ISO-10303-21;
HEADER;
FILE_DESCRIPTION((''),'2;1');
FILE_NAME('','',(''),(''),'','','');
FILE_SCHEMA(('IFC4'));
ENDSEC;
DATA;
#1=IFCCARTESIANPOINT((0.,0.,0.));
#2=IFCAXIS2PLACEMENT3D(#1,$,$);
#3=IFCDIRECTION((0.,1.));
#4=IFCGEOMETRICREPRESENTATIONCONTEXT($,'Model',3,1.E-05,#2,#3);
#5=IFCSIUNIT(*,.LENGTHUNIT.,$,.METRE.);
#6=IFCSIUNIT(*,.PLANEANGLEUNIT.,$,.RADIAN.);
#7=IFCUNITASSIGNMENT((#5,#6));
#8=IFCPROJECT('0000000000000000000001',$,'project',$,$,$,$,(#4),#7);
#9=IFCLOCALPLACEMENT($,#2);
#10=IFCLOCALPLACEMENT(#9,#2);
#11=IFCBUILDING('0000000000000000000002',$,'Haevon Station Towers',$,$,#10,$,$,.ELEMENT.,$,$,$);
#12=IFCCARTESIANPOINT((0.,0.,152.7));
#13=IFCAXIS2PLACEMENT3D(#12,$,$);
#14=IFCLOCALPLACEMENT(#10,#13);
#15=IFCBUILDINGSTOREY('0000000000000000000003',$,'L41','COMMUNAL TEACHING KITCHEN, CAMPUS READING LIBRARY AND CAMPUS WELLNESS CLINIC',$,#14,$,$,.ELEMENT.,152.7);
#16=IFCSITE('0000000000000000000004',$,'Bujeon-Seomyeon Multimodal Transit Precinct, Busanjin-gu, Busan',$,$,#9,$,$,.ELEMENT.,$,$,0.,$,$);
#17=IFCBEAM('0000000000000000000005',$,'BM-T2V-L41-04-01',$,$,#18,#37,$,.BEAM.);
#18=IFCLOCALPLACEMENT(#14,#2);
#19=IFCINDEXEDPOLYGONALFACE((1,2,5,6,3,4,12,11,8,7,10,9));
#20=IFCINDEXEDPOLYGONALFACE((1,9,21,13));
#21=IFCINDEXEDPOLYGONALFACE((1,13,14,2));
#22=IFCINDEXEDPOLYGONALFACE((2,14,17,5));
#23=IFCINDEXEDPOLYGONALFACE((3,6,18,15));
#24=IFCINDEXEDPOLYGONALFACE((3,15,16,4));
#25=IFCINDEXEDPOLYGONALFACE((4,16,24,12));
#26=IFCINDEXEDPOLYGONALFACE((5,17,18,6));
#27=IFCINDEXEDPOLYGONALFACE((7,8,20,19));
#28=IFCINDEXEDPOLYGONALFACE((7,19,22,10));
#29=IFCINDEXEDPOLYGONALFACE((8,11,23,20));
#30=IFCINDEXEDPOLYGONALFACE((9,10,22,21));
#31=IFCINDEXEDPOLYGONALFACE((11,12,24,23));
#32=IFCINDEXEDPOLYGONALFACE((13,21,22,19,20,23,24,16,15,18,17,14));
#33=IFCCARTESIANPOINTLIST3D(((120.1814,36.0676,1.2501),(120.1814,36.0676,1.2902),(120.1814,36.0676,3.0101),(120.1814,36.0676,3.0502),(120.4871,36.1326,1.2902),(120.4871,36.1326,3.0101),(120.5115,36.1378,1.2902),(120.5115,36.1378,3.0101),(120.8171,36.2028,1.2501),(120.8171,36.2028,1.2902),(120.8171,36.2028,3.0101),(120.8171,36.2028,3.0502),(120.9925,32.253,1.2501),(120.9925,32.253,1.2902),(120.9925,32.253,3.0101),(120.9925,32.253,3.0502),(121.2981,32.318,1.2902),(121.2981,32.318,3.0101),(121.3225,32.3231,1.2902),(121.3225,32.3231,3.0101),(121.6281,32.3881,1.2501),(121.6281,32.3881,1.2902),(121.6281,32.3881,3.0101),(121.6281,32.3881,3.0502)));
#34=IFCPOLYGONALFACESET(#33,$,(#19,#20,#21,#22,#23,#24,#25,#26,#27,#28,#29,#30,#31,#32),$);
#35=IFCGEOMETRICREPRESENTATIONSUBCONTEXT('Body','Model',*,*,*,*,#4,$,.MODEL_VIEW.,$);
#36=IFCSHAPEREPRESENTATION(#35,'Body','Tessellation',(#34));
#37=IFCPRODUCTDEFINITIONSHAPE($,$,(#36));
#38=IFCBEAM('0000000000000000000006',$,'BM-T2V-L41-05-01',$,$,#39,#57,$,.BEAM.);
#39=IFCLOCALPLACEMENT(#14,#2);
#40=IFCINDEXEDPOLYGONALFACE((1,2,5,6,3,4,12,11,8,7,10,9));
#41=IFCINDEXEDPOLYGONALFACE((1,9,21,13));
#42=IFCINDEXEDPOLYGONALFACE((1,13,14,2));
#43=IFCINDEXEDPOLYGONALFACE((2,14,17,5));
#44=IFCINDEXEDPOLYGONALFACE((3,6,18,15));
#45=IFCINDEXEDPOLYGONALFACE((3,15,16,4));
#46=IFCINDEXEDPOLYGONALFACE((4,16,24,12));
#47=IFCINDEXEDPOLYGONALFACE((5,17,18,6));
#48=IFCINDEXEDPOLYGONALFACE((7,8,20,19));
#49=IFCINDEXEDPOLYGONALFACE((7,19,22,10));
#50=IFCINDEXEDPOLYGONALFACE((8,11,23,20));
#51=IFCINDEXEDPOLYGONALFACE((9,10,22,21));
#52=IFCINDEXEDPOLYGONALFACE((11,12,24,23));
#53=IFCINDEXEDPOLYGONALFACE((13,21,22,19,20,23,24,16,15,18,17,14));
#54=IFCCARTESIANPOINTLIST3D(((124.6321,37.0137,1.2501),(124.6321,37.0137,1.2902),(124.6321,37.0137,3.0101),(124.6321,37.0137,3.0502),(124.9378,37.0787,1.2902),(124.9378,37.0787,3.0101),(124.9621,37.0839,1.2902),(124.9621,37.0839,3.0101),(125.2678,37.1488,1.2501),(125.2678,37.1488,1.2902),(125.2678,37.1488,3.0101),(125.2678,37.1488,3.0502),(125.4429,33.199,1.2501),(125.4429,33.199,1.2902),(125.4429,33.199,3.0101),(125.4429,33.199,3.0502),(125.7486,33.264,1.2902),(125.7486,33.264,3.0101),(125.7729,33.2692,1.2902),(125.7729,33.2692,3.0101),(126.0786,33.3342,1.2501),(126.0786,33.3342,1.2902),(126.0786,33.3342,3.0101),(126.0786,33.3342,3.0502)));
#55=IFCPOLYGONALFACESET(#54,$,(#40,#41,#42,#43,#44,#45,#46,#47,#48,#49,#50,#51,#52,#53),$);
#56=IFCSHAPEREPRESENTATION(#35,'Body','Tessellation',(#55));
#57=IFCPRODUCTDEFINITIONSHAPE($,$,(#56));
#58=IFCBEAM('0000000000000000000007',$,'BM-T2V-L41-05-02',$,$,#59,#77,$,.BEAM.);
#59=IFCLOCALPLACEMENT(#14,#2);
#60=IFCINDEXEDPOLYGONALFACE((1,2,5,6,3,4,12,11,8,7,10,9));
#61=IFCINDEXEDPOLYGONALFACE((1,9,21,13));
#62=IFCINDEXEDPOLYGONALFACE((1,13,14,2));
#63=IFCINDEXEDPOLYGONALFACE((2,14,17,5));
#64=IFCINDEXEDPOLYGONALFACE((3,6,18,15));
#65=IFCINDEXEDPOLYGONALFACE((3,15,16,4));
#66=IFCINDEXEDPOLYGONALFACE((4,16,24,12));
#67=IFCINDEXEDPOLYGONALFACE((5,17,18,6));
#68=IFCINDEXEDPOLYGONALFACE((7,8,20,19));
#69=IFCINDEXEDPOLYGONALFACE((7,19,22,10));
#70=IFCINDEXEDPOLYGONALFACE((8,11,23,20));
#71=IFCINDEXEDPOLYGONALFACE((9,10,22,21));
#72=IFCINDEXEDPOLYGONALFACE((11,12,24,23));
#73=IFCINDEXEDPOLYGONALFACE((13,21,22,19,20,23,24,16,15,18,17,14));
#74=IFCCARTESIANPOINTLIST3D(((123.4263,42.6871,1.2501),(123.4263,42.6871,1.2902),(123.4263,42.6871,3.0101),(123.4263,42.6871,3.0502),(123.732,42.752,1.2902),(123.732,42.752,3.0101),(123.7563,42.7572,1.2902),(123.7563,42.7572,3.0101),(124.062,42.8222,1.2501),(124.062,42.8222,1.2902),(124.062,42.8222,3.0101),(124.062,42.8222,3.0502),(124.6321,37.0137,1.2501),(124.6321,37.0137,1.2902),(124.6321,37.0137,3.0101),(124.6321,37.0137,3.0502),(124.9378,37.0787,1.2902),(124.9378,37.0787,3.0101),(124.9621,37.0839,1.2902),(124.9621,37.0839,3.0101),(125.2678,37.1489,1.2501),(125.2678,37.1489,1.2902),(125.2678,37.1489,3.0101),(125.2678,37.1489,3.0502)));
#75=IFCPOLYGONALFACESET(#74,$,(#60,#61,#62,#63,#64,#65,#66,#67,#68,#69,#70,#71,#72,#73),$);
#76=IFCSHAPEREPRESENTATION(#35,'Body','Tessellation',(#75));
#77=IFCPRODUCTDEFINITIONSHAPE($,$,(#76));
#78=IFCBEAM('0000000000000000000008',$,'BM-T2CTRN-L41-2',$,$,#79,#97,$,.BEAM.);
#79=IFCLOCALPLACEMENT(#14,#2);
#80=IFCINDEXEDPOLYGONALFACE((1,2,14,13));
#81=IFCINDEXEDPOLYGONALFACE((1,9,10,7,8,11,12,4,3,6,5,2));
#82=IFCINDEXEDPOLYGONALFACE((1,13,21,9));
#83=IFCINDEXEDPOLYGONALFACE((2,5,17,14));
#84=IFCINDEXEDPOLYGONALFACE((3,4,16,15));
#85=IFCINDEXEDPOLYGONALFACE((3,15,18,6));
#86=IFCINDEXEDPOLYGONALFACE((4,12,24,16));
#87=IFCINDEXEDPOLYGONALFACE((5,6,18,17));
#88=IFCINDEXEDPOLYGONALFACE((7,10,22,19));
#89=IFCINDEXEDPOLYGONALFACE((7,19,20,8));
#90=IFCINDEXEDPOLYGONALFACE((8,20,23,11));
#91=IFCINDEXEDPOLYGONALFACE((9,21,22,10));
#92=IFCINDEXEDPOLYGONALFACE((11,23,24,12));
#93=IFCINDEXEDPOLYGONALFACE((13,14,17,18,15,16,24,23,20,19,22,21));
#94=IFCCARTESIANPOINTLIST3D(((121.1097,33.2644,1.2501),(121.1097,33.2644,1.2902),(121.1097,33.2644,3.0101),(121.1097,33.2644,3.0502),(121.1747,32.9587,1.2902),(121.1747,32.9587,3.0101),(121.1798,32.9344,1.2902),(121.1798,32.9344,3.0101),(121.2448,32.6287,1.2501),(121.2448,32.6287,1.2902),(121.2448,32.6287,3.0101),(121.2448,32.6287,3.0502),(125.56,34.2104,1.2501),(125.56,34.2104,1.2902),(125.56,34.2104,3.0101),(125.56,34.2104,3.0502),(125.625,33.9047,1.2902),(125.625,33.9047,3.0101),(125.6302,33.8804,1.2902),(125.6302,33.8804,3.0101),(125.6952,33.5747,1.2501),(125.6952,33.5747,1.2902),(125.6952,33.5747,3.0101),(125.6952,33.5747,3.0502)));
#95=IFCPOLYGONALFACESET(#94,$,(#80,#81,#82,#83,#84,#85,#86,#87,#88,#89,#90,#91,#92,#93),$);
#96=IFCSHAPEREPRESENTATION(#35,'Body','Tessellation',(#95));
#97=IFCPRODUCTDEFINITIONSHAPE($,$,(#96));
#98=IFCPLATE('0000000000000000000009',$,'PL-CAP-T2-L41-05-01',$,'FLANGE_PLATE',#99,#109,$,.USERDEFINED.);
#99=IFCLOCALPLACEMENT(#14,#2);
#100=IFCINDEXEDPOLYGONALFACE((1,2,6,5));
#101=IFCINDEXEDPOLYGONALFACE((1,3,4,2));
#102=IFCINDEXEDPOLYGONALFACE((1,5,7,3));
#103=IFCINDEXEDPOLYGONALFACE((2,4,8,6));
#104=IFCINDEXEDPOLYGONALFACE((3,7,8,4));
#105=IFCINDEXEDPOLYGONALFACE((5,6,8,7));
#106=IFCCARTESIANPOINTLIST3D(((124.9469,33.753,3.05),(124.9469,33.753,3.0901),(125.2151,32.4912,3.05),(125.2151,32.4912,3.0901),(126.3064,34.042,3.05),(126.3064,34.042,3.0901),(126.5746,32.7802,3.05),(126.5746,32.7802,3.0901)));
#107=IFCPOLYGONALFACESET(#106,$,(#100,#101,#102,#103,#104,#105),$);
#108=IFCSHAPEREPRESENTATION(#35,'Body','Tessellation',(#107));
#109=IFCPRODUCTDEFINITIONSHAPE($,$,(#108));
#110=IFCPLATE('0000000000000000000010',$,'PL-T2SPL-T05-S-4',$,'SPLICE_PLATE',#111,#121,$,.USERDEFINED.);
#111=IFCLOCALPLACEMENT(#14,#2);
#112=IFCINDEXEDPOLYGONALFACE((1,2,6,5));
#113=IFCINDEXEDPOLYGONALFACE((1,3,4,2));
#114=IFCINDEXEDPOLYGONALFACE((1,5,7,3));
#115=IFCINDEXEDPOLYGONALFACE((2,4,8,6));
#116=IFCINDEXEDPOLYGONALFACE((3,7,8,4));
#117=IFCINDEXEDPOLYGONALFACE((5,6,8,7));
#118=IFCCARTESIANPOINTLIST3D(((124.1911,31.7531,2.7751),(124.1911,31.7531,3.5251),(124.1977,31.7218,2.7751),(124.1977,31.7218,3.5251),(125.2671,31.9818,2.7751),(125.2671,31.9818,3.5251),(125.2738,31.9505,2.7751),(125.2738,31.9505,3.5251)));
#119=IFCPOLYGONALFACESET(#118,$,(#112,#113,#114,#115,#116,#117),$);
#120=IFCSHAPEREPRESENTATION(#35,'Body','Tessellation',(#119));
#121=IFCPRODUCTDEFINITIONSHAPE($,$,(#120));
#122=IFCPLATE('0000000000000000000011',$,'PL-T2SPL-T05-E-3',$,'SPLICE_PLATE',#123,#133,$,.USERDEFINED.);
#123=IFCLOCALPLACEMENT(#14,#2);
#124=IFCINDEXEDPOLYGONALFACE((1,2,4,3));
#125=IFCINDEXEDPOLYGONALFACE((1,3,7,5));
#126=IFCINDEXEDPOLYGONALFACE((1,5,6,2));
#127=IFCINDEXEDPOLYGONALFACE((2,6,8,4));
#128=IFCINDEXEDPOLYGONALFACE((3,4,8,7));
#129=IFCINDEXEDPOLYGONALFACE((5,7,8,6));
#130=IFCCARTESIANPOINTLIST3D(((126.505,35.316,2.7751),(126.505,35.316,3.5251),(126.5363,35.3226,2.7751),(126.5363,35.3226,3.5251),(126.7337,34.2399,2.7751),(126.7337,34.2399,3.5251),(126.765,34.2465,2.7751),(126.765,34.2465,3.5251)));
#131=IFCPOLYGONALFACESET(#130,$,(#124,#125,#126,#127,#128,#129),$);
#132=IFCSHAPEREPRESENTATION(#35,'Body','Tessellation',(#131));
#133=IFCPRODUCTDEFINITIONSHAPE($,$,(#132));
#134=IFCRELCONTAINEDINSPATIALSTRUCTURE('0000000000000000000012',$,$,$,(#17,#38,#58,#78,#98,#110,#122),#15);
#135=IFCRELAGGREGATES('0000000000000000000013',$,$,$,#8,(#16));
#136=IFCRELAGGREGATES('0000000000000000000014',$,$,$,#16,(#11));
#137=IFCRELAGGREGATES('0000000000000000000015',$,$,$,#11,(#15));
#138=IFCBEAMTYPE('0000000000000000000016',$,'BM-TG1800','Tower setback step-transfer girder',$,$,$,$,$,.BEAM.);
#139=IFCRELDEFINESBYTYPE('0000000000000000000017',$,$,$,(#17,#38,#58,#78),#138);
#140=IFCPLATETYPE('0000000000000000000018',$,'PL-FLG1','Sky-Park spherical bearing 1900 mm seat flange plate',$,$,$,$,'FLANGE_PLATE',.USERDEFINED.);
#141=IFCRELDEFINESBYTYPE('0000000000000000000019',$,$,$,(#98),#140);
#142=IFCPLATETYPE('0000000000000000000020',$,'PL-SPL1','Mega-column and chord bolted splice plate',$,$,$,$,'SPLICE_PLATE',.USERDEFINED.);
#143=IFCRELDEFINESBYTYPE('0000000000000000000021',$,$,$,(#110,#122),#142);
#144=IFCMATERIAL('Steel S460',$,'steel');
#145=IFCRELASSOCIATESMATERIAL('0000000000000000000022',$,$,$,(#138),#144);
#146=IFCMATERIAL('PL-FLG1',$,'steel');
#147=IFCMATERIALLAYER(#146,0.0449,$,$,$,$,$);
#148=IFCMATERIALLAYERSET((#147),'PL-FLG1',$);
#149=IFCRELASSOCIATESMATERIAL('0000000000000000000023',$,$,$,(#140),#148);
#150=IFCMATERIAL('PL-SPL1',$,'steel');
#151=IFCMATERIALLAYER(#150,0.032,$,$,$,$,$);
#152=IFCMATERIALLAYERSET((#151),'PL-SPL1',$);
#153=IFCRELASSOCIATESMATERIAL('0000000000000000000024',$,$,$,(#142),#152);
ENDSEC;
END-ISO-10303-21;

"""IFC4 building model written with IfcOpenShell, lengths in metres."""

from ifc_helpers import new_model, si_unit, direction, frame, origin, origin_2d, place, context, subcontext, project, spatial, rectangle, i_section, extrude, material, layer, layer_set, material_profile, profile_set, type_object, element, save


model = new_model("IFC4")

# Units and contexts
model_context = context("Model", 3, precision=1e-05, world=origin(), true_north=direction((0.0, 1.0)))
body_context = subcontext(model_context, "Body", "Model", "MODEL_VIEW")
ifc_project = project(units=[si_unit("LENGTHUNIT", "METRE"), si_unit("PLANEANGLEUNIT", "RADIAN")], contexts=[model_context])

# Site, building, storey
site_placement = place(None, origin())
site = spatial("IfcSite", under=ifc_project, at=site_placement, Name="Bujeon-Seomyeon Multimodal Transit Precinct, Busanjin-gu, Busan", CompositionType="ELEMENT", RefElevation=0.0)
building_placement = place(site_placement, origin())
building = spatial("IfcBuilding", under=site, at=building_placement, Name="Haevon Station Towers", CompositionType="ELEMENT")
storey_placement = place(building_placement, frame((0.0, 0.0, 152.7)))
storey = spatial("IfcBuildingStorey", under=building, at=storey_placement, Name="L41", Description="COMMUNAL TEACHING KITCHEN, CAMPUS READING LIBRARY AND CAMPUS WELLNESS CLINIC", CompositionType="ELEMENT", Elevation=152.7)

# Shared definitions
ifc_material_1 = material(Name="Steel S460", Category="steel")

# Beams
ifc_material_profile_1 = material_profile(ifc_material_1, i_section(OverallWidth=0.6499, OverallDepth=1.8, WebThickness=0.0249, FlangeThickness=0.04, at=origin_2d()), Name="H-1800x650x25x40")
ifc_profile_set_1 = profile_set([ifc_material_profile_1], Name="Steel S460")
beam_type_1 = type_object("IfcBeamType", Name="BM-TG1800", Description="Tower setback step-transfer girder", PredefinedType="BEAM", material=ifc_profile_set_1)
for number, where, z_axis, x_axis, name in (
    (1, (121.3103, 32.3206, 2.1501), (-0.20796, 0.978137, 0.0), (-0.978137, -0.20796, 0.0), "BM-T2V-L41-04-01"),
    (2, (125.7607, 33.2666, 2.1501), (-0.2079, 0.97815, 0.0), (-0.97815, -0.2079, 0.0), "BM-T2V-L41-05-01"),
):
    element("IfcBeam", number, at=place(storey_placement, frame(where, z_axis=z_axis, x_axis=x_axis)), inside=storey, type_object=beam_type_1, Name=name, PredefinedType="BEAM", context=body_context, shape_type="SweptSolid", body=[
        extrude(i_section(OverallWidth=0.6499, OverallDepth=1.8, WebThickness=0.0249, FlangeThickness=0.04, at=origin_2d()), origin(), (0.0, 0.0, 1.0), 3.8999),
    ])
beam_1_placement = place(storey_placement, frame((124.95, 37.0813, 2.1501), z_axis=(-0.207896, 0.978151, 0.0), x_axis=(-0.978151, -0.207896, 0.0)))
element("IfcBeam", 3, at=beam_1_placement, inside=storey, type_object=beam_type_1, Name="BM-T2V-L41-05-02", PredefinedType="BEAM", context=body_context, shape_type="SweptSolid", body=[
    extrude(i_section(OverallWidth=0.6499, OverallDepth=1.8, WebThickness=0.0249, FlangeThickness=0.04, at=origin_2d()), origin(), (0.0, 0.0, 1.0), 5.8),
])
beam_2_placement = place(storey_placement, frame((121.1772, 32.9465, 2.1501), z_axis=(0.978144, 0.207927, 0.0), x_axis=(-0.207927, 0.978144, 0.0)))
element("IfcBeam", 4, at=beam_2_placement, inside=storey, type_object=beam_type_1, Name="BM-T2CTRN-L41-2", PredefinedType="BEAM", context=body_context, shape_type="SweptSolid", body=[
    extrude(i_section(OverallWidth=0.6499, OverallDepth=1.8, WebThickness=0.0249, FlangeThickness=0.04, at=origin_2d()), origin(), (0.0, 0.0, 1.0), 4.5498),
])

# Plates
ifc_material_2 = material(Name="PL-FLG1", Category="steel")
ifc_layer_1 = layer(ifc_material_2, 0.0449)
ifc_layer_set_1 = layer_set([ifc_layer_1], Name="PL-FLG1")
plate_type_1 = type_object("IfcPlateType", Name="PL-FLG1", Description="Sky-Park spherical bearing 1900 mm seat flange plate", ElementType="FLANGE_PLATE", PredefinedType="USERDEFINED", material=ifc_layer_set_1)
plate_placement = place(storey_placement, frame((125.7607, 33.2666, 3.05), z_axis=(0.0, 0.0, 1.0), x_axis=(0.978148, 0.207912, 0.0)))
element("IfcPlate", 5, at=plate_placement, inside=storey, type_object=plate_type_1, Name="PL-CAP-T2-L41-05-01", ObjectType="FLANGE_PLATE", PredefinedType="USERDEFINED", context=body_context, shape_type="SweptSolid", body=[
    extrude(rectangle(XDim=1.3899, YDim=1.29, at=origin_2d()), origin(), (0.0, 0.0, 1.0), 0.04),
])
ifc_material_3 = material(Name="PL-SPL1", Category="steel")
ifc_layer_2 = layer(ifc_material_3, 0.032)
ifc_layer_set_2 = layer_set([ifc_layer_2], Name="PL-SPL1")
plate_type_2 = type_object("IfcPlateType", Name="PL-SPL1", Description="Mega-column and chord bolted splice plate", ElementType="SPLICE_PLATE", PredefinedType="USERDEFINED", material=ifc_layer_set_2)
for number, where, z_axis, x_axis, name in (
    (6, (124.7324, 31.8518, 2.7751), (0.0, 0.0, 1.0), (0.978148, 0.207912, 0.0), "PL-T2SPL-T05-S-4"),
    (7, (126.635, 34.7812, 2.7751), (0.0, 0.0, 1.0), (-0.207912, 0.978148, 0.0), "PL-T2SPL-T05-E-3"),
):
    element("IfcPlate", number, at=place(storey_placement, frame(where, z_axis=z_axis, x_axis=x_axis)), inside=storey, type_object=plate_type_2, Name=name, ObjectType="SPLICE_PLATE", PredefinedType="USERDEFINED", context=body_context, shape_type="SweptSolid", body=[
        extrude(rectangle(XDim=1.1001, YDim=0.032, at=origin_2d()), origin(), (0.0, 0.0, 1.0), 0.75),
    ])

save(model, "model.ifc")
